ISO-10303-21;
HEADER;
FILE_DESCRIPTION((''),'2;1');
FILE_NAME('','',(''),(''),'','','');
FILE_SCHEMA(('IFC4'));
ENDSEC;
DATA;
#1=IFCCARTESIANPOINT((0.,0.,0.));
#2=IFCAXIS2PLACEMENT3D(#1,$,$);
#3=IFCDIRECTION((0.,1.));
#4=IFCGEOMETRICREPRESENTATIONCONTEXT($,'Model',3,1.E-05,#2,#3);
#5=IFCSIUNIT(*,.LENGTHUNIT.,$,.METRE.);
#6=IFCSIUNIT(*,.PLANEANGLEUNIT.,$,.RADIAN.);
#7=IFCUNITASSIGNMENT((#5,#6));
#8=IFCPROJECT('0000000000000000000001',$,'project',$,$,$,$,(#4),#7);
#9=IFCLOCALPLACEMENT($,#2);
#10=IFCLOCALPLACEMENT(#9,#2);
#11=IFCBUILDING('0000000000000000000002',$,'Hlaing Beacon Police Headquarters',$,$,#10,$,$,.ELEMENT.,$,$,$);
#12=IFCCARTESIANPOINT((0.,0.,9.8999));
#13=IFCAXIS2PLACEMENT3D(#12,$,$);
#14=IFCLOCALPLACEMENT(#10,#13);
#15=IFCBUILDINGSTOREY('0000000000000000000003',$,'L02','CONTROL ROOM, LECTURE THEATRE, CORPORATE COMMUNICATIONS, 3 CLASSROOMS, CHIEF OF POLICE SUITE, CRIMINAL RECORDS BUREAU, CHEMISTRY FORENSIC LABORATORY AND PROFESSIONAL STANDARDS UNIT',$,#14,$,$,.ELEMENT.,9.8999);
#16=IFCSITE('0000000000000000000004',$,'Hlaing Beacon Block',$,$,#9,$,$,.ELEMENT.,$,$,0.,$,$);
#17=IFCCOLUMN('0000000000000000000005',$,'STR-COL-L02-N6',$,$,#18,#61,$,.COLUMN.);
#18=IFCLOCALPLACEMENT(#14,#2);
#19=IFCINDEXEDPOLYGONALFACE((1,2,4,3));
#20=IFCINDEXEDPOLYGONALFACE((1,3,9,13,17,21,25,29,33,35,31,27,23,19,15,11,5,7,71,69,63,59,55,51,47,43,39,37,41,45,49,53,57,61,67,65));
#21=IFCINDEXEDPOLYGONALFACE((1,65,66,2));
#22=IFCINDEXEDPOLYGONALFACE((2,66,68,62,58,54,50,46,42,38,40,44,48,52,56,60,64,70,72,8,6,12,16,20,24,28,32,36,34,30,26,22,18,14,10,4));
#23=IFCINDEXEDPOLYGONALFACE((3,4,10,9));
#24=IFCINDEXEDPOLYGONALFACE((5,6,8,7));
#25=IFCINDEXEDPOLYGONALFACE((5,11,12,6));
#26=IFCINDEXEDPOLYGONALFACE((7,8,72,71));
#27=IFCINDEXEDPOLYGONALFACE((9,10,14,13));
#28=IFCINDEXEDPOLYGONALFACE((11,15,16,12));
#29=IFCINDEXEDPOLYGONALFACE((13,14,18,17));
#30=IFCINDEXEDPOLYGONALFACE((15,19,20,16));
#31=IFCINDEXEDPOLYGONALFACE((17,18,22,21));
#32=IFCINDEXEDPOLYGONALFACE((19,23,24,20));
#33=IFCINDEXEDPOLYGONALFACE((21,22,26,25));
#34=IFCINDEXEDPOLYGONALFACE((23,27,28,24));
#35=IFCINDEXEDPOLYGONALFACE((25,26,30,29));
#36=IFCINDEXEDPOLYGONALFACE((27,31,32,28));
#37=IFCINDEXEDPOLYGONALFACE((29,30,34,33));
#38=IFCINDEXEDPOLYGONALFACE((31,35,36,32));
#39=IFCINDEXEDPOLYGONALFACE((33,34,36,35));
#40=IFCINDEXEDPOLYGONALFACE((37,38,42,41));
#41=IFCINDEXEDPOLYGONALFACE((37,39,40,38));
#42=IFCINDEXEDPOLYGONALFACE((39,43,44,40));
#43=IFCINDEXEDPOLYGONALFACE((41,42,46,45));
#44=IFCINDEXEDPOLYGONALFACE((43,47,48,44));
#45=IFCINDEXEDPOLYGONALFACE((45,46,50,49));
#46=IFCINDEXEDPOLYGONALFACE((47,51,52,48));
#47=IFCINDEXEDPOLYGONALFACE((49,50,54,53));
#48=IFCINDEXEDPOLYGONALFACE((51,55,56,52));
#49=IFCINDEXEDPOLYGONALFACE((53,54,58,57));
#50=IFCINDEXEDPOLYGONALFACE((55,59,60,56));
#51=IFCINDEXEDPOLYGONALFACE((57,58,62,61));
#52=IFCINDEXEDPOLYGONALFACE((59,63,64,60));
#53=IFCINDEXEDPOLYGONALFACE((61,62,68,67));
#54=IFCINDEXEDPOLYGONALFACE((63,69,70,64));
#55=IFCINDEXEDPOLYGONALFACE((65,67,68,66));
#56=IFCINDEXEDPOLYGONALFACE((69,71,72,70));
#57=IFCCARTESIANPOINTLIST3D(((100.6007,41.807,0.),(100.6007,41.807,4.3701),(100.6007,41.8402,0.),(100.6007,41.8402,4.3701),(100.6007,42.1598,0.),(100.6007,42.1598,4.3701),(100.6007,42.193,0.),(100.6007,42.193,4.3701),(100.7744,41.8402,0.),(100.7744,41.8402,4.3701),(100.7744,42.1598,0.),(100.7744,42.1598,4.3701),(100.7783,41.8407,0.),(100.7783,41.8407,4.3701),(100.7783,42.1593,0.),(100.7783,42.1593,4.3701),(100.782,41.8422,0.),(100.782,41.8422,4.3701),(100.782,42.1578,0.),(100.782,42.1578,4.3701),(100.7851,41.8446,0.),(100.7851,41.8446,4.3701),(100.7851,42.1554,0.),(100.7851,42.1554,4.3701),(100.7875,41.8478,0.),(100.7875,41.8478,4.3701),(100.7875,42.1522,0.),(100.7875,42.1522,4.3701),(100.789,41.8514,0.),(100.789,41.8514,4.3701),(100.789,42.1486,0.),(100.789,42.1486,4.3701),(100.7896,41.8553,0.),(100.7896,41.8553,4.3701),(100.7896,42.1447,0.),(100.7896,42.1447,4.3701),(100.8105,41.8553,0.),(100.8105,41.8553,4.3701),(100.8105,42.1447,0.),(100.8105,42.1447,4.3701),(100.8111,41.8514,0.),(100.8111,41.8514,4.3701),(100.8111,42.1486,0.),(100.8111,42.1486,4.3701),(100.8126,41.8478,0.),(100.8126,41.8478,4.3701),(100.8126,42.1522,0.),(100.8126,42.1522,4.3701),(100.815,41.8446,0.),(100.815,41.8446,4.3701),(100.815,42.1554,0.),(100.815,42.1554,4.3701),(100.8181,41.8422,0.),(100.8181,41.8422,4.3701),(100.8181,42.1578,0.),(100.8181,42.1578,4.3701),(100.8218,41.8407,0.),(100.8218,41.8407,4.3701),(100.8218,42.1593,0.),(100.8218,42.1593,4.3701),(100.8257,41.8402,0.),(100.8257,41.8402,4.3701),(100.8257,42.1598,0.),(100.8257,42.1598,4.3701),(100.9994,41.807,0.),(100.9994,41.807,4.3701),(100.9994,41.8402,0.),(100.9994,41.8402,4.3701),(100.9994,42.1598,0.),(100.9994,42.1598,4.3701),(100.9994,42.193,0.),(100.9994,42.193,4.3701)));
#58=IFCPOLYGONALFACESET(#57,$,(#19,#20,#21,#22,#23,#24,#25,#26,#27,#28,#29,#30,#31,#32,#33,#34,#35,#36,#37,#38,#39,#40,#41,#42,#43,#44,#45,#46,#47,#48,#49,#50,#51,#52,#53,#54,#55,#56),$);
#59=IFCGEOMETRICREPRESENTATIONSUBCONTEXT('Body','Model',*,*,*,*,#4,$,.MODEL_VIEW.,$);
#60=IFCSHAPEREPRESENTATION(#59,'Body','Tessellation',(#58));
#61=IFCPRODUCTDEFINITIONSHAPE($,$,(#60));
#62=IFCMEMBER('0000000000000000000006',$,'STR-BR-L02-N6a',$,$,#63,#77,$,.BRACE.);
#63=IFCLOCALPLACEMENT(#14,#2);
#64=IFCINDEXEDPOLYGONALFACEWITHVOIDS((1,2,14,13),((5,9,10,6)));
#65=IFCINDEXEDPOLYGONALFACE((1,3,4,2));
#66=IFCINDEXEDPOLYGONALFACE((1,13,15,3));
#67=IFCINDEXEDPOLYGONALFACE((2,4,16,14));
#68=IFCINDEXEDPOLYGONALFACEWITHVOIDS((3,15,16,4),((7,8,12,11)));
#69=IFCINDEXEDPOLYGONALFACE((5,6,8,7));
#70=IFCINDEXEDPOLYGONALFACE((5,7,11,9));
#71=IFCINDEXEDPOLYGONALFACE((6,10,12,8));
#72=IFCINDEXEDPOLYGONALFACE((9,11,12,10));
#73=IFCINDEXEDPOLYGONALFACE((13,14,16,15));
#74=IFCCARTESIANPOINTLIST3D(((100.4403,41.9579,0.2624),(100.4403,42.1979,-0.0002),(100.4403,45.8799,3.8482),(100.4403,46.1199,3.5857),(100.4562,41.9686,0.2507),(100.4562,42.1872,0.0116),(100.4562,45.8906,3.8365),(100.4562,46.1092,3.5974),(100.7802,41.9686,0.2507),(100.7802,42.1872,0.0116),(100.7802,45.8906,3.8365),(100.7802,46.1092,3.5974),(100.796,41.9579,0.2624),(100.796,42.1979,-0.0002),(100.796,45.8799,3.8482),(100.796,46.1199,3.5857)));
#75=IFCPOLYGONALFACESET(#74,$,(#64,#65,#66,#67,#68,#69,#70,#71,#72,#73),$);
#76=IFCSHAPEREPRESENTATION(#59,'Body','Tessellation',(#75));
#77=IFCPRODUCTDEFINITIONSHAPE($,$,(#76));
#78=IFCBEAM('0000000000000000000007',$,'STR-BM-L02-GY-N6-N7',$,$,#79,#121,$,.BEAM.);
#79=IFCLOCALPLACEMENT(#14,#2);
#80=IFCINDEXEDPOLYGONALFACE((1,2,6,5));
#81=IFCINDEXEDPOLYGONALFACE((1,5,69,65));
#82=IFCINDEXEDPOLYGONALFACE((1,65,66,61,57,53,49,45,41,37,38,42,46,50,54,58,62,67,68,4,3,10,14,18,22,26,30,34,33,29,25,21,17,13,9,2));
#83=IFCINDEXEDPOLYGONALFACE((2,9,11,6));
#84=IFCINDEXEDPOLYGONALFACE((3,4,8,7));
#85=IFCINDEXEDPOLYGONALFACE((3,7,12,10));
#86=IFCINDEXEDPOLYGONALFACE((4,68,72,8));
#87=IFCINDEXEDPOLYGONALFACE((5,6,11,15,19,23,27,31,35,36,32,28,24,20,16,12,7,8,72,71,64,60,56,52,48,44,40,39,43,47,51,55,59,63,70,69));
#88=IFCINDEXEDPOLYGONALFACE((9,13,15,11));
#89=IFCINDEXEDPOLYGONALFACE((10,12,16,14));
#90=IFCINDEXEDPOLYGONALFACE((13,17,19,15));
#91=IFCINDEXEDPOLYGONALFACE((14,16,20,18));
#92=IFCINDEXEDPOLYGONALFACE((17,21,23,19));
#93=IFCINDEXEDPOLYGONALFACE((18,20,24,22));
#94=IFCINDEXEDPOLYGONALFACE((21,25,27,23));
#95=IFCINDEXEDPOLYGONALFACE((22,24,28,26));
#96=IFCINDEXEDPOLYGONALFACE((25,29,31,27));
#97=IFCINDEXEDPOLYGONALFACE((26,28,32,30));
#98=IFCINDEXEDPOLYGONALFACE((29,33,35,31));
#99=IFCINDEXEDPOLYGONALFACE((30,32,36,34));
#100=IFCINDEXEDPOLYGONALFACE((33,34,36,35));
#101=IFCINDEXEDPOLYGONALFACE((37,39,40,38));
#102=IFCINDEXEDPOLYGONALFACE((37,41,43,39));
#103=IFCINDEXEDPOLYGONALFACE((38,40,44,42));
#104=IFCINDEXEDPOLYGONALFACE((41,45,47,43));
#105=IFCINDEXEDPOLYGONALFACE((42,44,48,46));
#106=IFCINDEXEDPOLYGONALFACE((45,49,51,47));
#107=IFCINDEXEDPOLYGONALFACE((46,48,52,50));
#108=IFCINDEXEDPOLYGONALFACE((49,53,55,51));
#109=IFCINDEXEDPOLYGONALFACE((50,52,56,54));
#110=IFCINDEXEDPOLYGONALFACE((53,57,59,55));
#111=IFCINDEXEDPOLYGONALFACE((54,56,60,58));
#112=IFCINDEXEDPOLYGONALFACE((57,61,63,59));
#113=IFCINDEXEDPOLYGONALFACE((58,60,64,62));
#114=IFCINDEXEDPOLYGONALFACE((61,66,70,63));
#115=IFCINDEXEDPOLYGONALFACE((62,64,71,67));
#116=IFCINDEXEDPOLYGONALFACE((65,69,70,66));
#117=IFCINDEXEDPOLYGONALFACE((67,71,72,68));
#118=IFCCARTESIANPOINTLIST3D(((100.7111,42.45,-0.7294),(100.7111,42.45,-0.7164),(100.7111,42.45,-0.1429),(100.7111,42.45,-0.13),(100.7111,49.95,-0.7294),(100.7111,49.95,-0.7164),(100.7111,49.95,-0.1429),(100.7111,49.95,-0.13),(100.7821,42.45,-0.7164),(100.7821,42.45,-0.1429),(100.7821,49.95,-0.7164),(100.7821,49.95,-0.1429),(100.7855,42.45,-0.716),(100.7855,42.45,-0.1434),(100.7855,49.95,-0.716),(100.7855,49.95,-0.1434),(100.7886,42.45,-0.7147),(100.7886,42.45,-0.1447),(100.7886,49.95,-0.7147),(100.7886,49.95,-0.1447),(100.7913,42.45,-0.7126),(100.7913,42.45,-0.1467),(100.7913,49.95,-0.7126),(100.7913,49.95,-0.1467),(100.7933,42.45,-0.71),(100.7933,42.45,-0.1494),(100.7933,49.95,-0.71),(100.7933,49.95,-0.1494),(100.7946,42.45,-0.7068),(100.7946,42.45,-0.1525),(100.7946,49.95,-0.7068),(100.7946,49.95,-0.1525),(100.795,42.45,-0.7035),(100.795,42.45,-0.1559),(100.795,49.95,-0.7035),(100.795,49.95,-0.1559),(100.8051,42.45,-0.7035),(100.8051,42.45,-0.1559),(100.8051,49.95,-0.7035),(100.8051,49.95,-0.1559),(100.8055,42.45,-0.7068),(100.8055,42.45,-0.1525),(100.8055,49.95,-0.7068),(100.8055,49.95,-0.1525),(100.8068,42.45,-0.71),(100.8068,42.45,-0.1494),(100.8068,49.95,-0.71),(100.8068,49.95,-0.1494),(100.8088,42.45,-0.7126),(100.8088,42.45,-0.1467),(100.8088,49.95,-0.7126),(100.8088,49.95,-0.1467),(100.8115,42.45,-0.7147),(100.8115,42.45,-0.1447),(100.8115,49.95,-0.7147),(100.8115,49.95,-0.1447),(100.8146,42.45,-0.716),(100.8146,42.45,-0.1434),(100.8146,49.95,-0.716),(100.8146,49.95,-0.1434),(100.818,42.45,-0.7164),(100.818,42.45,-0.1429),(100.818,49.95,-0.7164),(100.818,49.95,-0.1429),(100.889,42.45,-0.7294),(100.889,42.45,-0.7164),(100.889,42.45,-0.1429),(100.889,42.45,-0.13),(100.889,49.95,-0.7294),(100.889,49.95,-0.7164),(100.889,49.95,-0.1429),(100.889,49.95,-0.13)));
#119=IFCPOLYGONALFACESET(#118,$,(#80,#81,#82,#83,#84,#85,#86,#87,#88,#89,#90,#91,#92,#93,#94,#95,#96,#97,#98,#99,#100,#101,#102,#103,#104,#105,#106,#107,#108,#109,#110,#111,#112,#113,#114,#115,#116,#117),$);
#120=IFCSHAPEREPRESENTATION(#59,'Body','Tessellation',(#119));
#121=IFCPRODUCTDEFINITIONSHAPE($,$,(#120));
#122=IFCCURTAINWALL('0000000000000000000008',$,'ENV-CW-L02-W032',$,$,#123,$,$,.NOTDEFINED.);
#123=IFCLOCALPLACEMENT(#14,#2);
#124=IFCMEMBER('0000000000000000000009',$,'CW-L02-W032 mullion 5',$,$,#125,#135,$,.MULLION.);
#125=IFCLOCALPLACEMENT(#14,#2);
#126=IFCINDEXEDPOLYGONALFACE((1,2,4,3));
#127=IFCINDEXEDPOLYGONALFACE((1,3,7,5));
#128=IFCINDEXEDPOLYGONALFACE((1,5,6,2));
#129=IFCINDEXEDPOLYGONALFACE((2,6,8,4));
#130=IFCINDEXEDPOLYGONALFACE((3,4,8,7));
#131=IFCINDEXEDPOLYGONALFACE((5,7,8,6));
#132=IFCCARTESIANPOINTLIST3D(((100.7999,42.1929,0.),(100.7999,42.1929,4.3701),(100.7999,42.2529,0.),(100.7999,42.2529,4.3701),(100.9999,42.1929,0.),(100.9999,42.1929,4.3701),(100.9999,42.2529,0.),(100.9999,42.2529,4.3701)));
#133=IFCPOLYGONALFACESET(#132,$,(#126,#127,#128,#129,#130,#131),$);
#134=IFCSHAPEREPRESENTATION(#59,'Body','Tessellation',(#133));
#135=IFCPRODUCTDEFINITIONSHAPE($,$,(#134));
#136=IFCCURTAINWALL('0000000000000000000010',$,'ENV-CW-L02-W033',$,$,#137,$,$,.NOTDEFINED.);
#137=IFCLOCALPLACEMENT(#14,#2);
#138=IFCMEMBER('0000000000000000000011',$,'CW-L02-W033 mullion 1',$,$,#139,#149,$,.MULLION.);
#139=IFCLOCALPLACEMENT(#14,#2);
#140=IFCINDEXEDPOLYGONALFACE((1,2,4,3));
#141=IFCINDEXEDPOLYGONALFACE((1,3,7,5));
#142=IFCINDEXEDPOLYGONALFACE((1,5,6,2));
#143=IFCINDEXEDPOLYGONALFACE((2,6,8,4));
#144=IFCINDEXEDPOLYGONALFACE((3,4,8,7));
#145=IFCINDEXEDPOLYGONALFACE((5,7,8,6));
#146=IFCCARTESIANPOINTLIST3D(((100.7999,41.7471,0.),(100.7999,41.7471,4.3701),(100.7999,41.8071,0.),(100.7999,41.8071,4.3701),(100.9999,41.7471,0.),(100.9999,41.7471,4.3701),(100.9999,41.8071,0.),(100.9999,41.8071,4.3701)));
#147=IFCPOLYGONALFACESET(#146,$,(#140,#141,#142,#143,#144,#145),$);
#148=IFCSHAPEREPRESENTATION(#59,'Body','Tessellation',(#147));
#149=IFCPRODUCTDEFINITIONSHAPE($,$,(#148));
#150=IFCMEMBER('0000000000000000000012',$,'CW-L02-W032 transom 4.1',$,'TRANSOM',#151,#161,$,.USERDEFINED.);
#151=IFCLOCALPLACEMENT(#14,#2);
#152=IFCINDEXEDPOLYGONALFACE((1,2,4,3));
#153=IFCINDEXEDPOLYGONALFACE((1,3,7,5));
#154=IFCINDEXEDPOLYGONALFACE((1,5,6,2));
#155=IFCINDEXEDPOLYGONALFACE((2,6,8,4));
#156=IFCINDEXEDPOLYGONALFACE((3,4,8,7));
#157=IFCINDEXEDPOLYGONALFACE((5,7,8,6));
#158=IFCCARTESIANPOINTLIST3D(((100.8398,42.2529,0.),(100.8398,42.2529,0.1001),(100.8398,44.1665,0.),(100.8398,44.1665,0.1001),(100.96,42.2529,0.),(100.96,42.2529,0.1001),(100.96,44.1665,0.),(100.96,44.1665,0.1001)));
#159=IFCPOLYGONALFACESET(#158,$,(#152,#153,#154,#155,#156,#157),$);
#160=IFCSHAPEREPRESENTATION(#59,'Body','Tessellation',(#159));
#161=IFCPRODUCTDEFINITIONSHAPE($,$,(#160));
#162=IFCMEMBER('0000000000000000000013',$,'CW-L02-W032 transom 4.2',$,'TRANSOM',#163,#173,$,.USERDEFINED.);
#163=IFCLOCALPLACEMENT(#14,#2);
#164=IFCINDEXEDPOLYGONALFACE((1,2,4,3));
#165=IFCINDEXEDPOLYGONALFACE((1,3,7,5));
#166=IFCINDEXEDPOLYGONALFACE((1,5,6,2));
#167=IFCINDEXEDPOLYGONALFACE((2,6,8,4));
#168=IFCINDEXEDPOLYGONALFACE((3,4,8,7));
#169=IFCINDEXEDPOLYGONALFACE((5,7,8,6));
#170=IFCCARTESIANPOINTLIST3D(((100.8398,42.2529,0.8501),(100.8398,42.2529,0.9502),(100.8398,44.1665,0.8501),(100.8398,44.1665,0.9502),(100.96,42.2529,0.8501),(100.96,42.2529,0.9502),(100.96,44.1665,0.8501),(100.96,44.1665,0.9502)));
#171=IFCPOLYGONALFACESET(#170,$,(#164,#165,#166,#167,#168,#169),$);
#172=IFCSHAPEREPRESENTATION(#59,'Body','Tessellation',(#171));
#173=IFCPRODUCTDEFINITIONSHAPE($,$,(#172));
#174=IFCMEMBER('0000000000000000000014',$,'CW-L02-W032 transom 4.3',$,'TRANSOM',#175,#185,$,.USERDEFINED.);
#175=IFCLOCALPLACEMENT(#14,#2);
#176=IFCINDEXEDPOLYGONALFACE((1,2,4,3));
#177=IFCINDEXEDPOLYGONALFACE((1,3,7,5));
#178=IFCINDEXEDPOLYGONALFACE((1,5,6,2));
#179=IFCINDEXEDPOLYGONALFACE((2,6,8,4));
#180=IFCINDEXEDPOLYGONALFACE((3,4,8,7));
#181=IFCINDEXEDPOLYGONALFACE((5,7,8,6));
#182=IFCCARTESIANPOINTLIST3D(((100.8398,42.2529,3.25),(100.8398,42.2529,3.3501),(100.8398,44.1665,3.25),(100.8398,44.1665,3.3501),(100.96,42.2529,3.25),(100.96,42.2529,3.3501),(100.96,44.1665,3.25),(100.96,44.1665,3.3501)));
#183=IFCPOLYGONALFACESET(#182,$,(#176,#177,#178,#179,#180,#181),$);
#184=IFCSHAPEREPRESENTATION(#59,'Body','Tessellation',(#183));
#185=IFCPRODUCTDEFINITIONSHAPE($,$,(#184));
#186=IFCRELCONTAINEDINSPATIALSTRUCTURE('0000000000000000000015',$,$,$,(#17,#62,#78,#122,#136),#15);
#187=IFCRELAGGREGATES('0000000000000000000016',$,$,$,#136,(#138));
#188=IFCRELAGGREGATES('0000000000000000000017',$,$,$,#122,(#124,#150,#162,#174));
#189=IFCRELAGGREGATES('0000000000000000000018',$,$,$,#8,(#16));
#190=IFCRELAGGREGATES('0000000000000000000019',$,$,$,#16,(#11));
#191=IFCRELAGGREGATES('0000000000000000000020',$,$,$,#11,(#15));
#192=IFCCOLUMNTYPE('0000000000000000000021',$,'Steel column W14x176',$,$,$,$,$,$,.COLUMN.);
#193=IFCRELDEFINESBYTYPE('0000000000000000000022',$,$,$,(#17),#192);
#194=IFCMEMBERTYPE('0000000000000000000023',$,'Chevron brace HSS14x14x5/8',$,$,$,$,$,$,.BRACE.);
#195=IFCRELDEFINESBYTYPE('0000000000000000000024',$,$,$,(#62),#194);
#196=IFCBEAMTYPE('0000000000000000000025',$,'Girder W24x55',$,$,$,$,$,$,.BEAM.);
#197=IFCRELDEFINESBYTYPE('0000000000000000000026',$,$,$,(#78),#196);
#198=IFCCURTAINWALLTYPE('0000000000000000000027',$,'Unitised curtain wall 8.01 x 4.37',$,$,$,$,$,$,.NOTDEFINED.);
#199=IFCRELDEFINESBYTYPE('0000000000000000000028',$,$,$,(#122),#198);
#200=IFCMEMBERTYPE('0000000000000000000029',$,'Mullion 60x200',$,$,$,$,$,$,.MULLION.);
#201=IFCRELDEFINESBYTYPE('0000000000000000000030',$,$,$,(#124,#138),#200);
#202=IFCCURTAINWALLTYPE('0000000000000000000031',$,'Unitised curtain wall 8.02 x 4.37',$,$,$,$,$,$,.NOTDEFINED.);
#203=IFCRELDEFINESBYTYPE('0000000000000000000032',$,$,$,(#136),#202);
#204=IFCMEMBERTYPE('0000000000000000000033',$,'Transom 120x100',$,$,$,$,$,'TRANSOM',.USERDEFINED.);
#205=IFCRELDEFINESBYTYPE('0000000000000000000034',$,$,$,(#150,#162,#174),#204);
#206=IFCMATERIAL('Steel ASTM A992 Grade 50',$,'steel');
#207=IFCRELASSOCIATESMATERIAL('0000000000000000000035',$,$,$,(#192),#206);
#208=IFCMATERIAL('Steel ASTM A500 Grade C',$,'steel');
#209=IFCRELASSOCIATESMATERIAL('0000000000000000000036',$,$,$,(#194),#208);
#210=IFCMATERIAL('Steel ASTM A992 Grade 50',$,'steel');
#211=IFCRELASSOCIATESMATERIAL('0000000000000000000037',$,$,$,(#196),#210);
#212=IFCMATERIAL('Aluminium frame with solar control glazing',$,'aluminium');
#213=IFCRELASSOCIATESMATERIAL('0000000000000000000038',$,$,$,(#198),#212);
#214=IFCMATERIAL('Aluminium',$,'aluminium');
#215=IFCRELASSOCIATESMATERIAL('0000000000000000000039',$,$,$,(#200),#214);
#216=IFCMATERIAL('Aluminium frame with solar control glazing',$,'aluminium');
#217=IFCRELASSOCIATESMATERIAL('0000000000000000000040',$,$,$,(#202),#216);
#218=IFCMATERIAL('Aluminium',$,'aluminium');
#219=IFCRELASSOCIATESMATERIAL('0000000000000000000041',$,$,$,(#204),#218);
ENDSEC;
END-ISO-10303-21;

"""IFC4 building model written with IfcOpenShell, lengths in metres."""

from ifc_helpers import new_model, si_unit, direction, frame, origin, origin_2d, place, context, subcontext, project, spatial, rectangle, hollow_rectangle, i_section, extrude, material, material_profile, profile_set, type_object, element, aggregate, save


model = new_model("IFC4")

# Units and contexts
model_context = context("Model", 3, precision=1e-05, world=origin(), true_north=direction((0.0, 1.0)))
body_context = subcontext(model_context, "Body", "Model", "MODEL_VIEW")
ifc_project = project(units=[si_unit("LENGTHUNIT", "METRE"), si_unit("PLANEANGLEUNIT", "RADIAN")], contexts=[model_context])

# Site, building, storey
site_placement = place(None, origin())
site = spatial("IfcSite", under=ifc_project, at=site_placement, Name="Hlaing Beacon Block", CompositionType="ELEMENT", RefElevation=0.0)
building_placement = place(site_placement, origin())
building = spatial("IfcBuilding", under=site, at=building_placement, Name="Hlaing Beacon Police Headquarters", CompositionType="ELEMENT")
storey_placement = place(building_placement, frame((0.0, 0.0, 9.8999)))
storey = spatial("IfcBuildingStorey", under=building, at=storey_placement, Name="L02", Description="CONTROL ROOM, LECTURE THEATRE, CORPORATE COMMUNICATIONS, 3 CLASSROOMS, CHIEF OF POLICE SUITE, CRIMINAL RECORDS BUREAU, CHEMISTRY FORENSIC LABORATORY AND PROFESSIONAL STANDARDS UNIT", CompositionType="ELEMENT", Elevation=9.8999)

# Column
ifc_material_1 = material(Name="Steel ASTM A992 Grade 50", Category="steel")
ifc_material_profile_1 = material_profile(ifc_material_1, i_section(OverallWidth=0.3987, OverallDepth=0.386, WebThickness=0.021, FlangeThickness=0.0332, FilletRadius=0.0151, at=origin_2d()), Name="W14x176")
ifc_profile_set_1 = profile_set([ifc_material_profile_1], Name="Steel ASTM A992 Grade 50")
column_type = type_object("IfcColumnType", Name="Steel column W14x176", PredefinedType="COLUMN", material=ifc_profile_set_1)
column_placement = place(storey_placement, frame((100.8, 42.0, 0.0), z_axis=(0.0, 0.0, 1.0), x_axis=(1.0, 0.0, 0.0)))
element("IfcColumn", 1, at=column_placement, inside=storey, type_object=column_type, Name="STR-COL-L02-N6", PredefinedType="COLUMN", context=body_context, shape_type="SweptSolid", body=[
    extrude(i_section(OverallWidth=0.3987, OverallDepth=0.386, WebThickness=0.021, FlangeThickness=0.0332, FilletRadius=0.0151, at=origin_2d()), origin(), (0.0, 0.0, 1.0), 4.3701),
])

# Member
ifc_material_2 = material(Name="Steel ASTM A500 Grade C", Category="steel")
ifc_material_profile_2 = material_profile(ifc_material_2, hollow_rectangle(XDim=0.3557, YDim=0.3557, WallThickness=0.0159, at=origin_2d()), Name="HSS14x14x5/8")
ifc_profile_set_2 = profile_set([ifc_material_profile_2], Name="Steel ASTM A500 Grade C")
member_type_1 = type_object("IfcMemberType", Name="Chevron brace HSS14x14x5/8", PredefinedType="BRACE", material=ifc_profile_set_2)
member_1_placement = place(storey_placement, frame((100.6182, 42.0779, 0.1311), z_axis=(0.0, 0.738029, 0.674769), x_axis=(-1.0, 0.0, 0.0)))
element("IfcMember", 2, at=member_1_placement, inside=storey, type_object=member_type_1, Name="STR-BR-L02-N6a", PredefinedType="BRACE", context=body_context, shape_type="SweptSolid", body=[
    extrude(hollow_rectangle(XDim=0.3557, YDim=0.3557, WallThickness=0.0159, at=origin_2d()), origin(), (0.0, 0.0, 1.0), 5.3142),
])

# Beam
ifc_material_3 = material(Name="Steel ASTM A992 Grade 50", Category="steel")
ifc_material_profile_3 = material_profile(ifc_material_3, i_section(OverallWidth=0.178, OverallDepth=0.5994, WebThickness=0.01, FlangeThickness=0.0129, FilletRadius=0.0129, at=origin_2d()), Name="W24x55")
ifc_profile_set_3 = profile_set([ifc_material_profile_3], Name="Steel ASTM A992 Grade 50")
beam_type = type_object("IfcBeamType", Name="Girder W24x55", PredefinedType="BEAM", material=ifc_profile_set_3)
beam_placement = place(storey_placement, frame((100.8, 42.45, -0.4297), z_axis=(0.0, 1.0, 0.0), x_axis=(-1.0, 0.0, 0.0)))
element("IfcBeam", 3, at=beam_placement, inside=storey, type_object=beam_type, Name="STR-BM-L02-GY-N6-N7", PredefinedType="BEAM", context=body_context, shape_type="SweptSolid", body=[
    extrude(i_section(OverallWidth=0.178, OverallDepth=0.5994, WebThickness=0.01, FlangeThickness=0.0129, FilletRadius=0.0129, at=origin_2d()), origin(), (0.0, 0.0, 1.0), 7.5),
])

# Curtain walls, members
ifc_material_4 = material(Name="Aluminium frame with solar control glazing", Category="aluminium")
curtain_wall_type_1 = type_object("IfcCurtainWallType", Name="Unitised curtain wall 8.01 x 4.37", PredefinedType="NOTDEFINED", material=ifc_material_4)
curtain_wall_1_placement = place(storey_placement, origin())
curtain_wall_1 = element("IfcCurtainWall", 4, at=curtain_wall_1_placement, inside=storey, type_object=curtain_wall_type_1, Name="ENV-CW-L02-W032", PredefinedType="NOTDEFINED")
ifc_material_5 = material(Name="Aluminium", Category="aluminium")
ifc_material_profile_4 = material_profile(ifc_material_5, rectangle(XDim=0.2, YDim=0.0601, at=origin_2d()), Name="Mullion 60x200")
ifc_profile_set_4 = profile_set([ifc_material_profile_4], Name="Aluminium")
member_type_2 = type_object("IfcMemberType", Name="Mullion 60x200", PredefinedType="MULLION", material=ifc_profile_set_4)
member_2_placement = place(storey_placement, frame((100.8999, 42.2229, 0.0), z_axis=(0.0, 0.0, 1.0), x_axis=(1.0, 0.0, 0.0)))
member_2 = element("IfcMember", 5, at=member_2_placement, type_object=member_type_2, Name="CW-L02-W032 mullion 5", PredefinedType="MULLION", context=body_context, shape_type="SweptSolid", body=[
    extrude(rectangle(XDim=0.2, YDim=0.0601, at=origin_2d()), origin(), (0.0, 0.0, 1.0), 4.3701),
])
ifc_material_6 = material(Name="Aluminium frame with solar control glazing", Category="aluminium")
curtain_wall_type_2 = type_object("IfcCurtainWallType", Name="Unitised curtain wall 8.02 x 4.37", PredefinedType="NOTDEFINED", material=ifc_material_6)
curtain_wall_2_placement = place(storey_placement, origin())
curtain_wall_2 = element("IfcCurtainWall", 6, at=curtain_wall_2_placement, inside=storey, type_object=curtain_wall_type_2, Name="ENV-CW-L02-W033", PredefinedType="NOTDEFINED")
member_3_placement = place(storey_placement, frame((100.8999, 41.7771, 0.0), z_axis=(0.0, 0.0, 1.0), x_axis=(1.0, 0.0, 0.0)))
member_3 = element("IfcMember", 7, at=member_3_placement, type_object=member_type_2, Name="CW-L02-W033 mullion 1", PredefinedType="MULLION", context=body_context, shape_type="SweptSolid", body=[
    extrude(rectangle(XDim=0.2, YDim=0.0601, at=origin_2d()), origin(), (0.0, 0.0, 1.0), 4.3701),
])

# Members
ifc_material_7 = material(Name="Aluminium", Category="aluminium")
ifc_material_profile_5 = material_profile(ifc_material_7, rectangle(XDim=0.1201, YDim=0.1001, at=origin_2d()), Name="Transom 120x100")
ifc_profile_set_5 = profile_set([ifc_material_profile_5], Name="Aluminium")
member_type_3 = type_object("IfcMemberType", Name="Transom 120x100", ElementType="TRANSOM", PredefinedType="USERDEFINED", material=ifc_profile_set_5)
member_4_placement = place(storey_placement, frame((100.8999, 44.1665, 0.05), z_axis=(0.0, -1.0, 0.0), x_axis=(1.0, 0.0, 0.0)))
member_4 = element("IfcMember", 8, at=member_4_placement, type_object=member_type_3, Name="CW-L02-W032 transom 4.1", ObjectType="TRANSOM", PredefinedType="USERDEFINED", context=body_context, shape_type="SweptSolid", body=[
    extrude(rectangle(XDim=0.1201, YDim=0.1001, at=origin_2d()), origin(), (0.0, 0.0, 1.0), 1.9136),
])
member_5_placement = place(storey_placement, frame((100.8999, 44.1665, 0.9001), z_axis=(0.0, -1.0, 0.0), x_axis=(1.0, 0.0, 0.0)))
member_5 = element("IfcMember", 9, at=member_5_placement, type_object=member_type_3, Name="CW-L02-W032 transom 4.2", ObjectType="TRANSOM", PredefinedType="USERDEFINED", context=body_context, shape_type="SweptSolid", body=[
    extrude(rectangle(XDim=0.1201, YDim=0.1001, at=origin_2d()), origin(), (0.0, 0.0, 1.0), 1.9136),
])
member_6_placement = place(storey_placement, frame((100.8999, 44.1665, 3.3), z_axis=(0.0, -1.0, 0.0), x_axis=(1.0, 0.0, 0.0)))
member_6 = element("IfcMember", 10, at=member_6_placement, type_object=member_type_3, Name="CW-L02-W032 transom 4.3", ObjectType="TRANSOM", PredefinedType="USERDEFINED", context=body_context, shape_type="SweptSolid", body=[
    extrude(rectangle(XDim=0.1201, YDim=0.1001, at=origin_2d()), origin(), (0.0, 0.0, 1.0), 1.9136),
])
aggregate(curtain_wall_2, [member_3])

aggregate(curtain_wall_1, [member_2, member_4, member_5, member_6])

save(model, "model.ifc")
